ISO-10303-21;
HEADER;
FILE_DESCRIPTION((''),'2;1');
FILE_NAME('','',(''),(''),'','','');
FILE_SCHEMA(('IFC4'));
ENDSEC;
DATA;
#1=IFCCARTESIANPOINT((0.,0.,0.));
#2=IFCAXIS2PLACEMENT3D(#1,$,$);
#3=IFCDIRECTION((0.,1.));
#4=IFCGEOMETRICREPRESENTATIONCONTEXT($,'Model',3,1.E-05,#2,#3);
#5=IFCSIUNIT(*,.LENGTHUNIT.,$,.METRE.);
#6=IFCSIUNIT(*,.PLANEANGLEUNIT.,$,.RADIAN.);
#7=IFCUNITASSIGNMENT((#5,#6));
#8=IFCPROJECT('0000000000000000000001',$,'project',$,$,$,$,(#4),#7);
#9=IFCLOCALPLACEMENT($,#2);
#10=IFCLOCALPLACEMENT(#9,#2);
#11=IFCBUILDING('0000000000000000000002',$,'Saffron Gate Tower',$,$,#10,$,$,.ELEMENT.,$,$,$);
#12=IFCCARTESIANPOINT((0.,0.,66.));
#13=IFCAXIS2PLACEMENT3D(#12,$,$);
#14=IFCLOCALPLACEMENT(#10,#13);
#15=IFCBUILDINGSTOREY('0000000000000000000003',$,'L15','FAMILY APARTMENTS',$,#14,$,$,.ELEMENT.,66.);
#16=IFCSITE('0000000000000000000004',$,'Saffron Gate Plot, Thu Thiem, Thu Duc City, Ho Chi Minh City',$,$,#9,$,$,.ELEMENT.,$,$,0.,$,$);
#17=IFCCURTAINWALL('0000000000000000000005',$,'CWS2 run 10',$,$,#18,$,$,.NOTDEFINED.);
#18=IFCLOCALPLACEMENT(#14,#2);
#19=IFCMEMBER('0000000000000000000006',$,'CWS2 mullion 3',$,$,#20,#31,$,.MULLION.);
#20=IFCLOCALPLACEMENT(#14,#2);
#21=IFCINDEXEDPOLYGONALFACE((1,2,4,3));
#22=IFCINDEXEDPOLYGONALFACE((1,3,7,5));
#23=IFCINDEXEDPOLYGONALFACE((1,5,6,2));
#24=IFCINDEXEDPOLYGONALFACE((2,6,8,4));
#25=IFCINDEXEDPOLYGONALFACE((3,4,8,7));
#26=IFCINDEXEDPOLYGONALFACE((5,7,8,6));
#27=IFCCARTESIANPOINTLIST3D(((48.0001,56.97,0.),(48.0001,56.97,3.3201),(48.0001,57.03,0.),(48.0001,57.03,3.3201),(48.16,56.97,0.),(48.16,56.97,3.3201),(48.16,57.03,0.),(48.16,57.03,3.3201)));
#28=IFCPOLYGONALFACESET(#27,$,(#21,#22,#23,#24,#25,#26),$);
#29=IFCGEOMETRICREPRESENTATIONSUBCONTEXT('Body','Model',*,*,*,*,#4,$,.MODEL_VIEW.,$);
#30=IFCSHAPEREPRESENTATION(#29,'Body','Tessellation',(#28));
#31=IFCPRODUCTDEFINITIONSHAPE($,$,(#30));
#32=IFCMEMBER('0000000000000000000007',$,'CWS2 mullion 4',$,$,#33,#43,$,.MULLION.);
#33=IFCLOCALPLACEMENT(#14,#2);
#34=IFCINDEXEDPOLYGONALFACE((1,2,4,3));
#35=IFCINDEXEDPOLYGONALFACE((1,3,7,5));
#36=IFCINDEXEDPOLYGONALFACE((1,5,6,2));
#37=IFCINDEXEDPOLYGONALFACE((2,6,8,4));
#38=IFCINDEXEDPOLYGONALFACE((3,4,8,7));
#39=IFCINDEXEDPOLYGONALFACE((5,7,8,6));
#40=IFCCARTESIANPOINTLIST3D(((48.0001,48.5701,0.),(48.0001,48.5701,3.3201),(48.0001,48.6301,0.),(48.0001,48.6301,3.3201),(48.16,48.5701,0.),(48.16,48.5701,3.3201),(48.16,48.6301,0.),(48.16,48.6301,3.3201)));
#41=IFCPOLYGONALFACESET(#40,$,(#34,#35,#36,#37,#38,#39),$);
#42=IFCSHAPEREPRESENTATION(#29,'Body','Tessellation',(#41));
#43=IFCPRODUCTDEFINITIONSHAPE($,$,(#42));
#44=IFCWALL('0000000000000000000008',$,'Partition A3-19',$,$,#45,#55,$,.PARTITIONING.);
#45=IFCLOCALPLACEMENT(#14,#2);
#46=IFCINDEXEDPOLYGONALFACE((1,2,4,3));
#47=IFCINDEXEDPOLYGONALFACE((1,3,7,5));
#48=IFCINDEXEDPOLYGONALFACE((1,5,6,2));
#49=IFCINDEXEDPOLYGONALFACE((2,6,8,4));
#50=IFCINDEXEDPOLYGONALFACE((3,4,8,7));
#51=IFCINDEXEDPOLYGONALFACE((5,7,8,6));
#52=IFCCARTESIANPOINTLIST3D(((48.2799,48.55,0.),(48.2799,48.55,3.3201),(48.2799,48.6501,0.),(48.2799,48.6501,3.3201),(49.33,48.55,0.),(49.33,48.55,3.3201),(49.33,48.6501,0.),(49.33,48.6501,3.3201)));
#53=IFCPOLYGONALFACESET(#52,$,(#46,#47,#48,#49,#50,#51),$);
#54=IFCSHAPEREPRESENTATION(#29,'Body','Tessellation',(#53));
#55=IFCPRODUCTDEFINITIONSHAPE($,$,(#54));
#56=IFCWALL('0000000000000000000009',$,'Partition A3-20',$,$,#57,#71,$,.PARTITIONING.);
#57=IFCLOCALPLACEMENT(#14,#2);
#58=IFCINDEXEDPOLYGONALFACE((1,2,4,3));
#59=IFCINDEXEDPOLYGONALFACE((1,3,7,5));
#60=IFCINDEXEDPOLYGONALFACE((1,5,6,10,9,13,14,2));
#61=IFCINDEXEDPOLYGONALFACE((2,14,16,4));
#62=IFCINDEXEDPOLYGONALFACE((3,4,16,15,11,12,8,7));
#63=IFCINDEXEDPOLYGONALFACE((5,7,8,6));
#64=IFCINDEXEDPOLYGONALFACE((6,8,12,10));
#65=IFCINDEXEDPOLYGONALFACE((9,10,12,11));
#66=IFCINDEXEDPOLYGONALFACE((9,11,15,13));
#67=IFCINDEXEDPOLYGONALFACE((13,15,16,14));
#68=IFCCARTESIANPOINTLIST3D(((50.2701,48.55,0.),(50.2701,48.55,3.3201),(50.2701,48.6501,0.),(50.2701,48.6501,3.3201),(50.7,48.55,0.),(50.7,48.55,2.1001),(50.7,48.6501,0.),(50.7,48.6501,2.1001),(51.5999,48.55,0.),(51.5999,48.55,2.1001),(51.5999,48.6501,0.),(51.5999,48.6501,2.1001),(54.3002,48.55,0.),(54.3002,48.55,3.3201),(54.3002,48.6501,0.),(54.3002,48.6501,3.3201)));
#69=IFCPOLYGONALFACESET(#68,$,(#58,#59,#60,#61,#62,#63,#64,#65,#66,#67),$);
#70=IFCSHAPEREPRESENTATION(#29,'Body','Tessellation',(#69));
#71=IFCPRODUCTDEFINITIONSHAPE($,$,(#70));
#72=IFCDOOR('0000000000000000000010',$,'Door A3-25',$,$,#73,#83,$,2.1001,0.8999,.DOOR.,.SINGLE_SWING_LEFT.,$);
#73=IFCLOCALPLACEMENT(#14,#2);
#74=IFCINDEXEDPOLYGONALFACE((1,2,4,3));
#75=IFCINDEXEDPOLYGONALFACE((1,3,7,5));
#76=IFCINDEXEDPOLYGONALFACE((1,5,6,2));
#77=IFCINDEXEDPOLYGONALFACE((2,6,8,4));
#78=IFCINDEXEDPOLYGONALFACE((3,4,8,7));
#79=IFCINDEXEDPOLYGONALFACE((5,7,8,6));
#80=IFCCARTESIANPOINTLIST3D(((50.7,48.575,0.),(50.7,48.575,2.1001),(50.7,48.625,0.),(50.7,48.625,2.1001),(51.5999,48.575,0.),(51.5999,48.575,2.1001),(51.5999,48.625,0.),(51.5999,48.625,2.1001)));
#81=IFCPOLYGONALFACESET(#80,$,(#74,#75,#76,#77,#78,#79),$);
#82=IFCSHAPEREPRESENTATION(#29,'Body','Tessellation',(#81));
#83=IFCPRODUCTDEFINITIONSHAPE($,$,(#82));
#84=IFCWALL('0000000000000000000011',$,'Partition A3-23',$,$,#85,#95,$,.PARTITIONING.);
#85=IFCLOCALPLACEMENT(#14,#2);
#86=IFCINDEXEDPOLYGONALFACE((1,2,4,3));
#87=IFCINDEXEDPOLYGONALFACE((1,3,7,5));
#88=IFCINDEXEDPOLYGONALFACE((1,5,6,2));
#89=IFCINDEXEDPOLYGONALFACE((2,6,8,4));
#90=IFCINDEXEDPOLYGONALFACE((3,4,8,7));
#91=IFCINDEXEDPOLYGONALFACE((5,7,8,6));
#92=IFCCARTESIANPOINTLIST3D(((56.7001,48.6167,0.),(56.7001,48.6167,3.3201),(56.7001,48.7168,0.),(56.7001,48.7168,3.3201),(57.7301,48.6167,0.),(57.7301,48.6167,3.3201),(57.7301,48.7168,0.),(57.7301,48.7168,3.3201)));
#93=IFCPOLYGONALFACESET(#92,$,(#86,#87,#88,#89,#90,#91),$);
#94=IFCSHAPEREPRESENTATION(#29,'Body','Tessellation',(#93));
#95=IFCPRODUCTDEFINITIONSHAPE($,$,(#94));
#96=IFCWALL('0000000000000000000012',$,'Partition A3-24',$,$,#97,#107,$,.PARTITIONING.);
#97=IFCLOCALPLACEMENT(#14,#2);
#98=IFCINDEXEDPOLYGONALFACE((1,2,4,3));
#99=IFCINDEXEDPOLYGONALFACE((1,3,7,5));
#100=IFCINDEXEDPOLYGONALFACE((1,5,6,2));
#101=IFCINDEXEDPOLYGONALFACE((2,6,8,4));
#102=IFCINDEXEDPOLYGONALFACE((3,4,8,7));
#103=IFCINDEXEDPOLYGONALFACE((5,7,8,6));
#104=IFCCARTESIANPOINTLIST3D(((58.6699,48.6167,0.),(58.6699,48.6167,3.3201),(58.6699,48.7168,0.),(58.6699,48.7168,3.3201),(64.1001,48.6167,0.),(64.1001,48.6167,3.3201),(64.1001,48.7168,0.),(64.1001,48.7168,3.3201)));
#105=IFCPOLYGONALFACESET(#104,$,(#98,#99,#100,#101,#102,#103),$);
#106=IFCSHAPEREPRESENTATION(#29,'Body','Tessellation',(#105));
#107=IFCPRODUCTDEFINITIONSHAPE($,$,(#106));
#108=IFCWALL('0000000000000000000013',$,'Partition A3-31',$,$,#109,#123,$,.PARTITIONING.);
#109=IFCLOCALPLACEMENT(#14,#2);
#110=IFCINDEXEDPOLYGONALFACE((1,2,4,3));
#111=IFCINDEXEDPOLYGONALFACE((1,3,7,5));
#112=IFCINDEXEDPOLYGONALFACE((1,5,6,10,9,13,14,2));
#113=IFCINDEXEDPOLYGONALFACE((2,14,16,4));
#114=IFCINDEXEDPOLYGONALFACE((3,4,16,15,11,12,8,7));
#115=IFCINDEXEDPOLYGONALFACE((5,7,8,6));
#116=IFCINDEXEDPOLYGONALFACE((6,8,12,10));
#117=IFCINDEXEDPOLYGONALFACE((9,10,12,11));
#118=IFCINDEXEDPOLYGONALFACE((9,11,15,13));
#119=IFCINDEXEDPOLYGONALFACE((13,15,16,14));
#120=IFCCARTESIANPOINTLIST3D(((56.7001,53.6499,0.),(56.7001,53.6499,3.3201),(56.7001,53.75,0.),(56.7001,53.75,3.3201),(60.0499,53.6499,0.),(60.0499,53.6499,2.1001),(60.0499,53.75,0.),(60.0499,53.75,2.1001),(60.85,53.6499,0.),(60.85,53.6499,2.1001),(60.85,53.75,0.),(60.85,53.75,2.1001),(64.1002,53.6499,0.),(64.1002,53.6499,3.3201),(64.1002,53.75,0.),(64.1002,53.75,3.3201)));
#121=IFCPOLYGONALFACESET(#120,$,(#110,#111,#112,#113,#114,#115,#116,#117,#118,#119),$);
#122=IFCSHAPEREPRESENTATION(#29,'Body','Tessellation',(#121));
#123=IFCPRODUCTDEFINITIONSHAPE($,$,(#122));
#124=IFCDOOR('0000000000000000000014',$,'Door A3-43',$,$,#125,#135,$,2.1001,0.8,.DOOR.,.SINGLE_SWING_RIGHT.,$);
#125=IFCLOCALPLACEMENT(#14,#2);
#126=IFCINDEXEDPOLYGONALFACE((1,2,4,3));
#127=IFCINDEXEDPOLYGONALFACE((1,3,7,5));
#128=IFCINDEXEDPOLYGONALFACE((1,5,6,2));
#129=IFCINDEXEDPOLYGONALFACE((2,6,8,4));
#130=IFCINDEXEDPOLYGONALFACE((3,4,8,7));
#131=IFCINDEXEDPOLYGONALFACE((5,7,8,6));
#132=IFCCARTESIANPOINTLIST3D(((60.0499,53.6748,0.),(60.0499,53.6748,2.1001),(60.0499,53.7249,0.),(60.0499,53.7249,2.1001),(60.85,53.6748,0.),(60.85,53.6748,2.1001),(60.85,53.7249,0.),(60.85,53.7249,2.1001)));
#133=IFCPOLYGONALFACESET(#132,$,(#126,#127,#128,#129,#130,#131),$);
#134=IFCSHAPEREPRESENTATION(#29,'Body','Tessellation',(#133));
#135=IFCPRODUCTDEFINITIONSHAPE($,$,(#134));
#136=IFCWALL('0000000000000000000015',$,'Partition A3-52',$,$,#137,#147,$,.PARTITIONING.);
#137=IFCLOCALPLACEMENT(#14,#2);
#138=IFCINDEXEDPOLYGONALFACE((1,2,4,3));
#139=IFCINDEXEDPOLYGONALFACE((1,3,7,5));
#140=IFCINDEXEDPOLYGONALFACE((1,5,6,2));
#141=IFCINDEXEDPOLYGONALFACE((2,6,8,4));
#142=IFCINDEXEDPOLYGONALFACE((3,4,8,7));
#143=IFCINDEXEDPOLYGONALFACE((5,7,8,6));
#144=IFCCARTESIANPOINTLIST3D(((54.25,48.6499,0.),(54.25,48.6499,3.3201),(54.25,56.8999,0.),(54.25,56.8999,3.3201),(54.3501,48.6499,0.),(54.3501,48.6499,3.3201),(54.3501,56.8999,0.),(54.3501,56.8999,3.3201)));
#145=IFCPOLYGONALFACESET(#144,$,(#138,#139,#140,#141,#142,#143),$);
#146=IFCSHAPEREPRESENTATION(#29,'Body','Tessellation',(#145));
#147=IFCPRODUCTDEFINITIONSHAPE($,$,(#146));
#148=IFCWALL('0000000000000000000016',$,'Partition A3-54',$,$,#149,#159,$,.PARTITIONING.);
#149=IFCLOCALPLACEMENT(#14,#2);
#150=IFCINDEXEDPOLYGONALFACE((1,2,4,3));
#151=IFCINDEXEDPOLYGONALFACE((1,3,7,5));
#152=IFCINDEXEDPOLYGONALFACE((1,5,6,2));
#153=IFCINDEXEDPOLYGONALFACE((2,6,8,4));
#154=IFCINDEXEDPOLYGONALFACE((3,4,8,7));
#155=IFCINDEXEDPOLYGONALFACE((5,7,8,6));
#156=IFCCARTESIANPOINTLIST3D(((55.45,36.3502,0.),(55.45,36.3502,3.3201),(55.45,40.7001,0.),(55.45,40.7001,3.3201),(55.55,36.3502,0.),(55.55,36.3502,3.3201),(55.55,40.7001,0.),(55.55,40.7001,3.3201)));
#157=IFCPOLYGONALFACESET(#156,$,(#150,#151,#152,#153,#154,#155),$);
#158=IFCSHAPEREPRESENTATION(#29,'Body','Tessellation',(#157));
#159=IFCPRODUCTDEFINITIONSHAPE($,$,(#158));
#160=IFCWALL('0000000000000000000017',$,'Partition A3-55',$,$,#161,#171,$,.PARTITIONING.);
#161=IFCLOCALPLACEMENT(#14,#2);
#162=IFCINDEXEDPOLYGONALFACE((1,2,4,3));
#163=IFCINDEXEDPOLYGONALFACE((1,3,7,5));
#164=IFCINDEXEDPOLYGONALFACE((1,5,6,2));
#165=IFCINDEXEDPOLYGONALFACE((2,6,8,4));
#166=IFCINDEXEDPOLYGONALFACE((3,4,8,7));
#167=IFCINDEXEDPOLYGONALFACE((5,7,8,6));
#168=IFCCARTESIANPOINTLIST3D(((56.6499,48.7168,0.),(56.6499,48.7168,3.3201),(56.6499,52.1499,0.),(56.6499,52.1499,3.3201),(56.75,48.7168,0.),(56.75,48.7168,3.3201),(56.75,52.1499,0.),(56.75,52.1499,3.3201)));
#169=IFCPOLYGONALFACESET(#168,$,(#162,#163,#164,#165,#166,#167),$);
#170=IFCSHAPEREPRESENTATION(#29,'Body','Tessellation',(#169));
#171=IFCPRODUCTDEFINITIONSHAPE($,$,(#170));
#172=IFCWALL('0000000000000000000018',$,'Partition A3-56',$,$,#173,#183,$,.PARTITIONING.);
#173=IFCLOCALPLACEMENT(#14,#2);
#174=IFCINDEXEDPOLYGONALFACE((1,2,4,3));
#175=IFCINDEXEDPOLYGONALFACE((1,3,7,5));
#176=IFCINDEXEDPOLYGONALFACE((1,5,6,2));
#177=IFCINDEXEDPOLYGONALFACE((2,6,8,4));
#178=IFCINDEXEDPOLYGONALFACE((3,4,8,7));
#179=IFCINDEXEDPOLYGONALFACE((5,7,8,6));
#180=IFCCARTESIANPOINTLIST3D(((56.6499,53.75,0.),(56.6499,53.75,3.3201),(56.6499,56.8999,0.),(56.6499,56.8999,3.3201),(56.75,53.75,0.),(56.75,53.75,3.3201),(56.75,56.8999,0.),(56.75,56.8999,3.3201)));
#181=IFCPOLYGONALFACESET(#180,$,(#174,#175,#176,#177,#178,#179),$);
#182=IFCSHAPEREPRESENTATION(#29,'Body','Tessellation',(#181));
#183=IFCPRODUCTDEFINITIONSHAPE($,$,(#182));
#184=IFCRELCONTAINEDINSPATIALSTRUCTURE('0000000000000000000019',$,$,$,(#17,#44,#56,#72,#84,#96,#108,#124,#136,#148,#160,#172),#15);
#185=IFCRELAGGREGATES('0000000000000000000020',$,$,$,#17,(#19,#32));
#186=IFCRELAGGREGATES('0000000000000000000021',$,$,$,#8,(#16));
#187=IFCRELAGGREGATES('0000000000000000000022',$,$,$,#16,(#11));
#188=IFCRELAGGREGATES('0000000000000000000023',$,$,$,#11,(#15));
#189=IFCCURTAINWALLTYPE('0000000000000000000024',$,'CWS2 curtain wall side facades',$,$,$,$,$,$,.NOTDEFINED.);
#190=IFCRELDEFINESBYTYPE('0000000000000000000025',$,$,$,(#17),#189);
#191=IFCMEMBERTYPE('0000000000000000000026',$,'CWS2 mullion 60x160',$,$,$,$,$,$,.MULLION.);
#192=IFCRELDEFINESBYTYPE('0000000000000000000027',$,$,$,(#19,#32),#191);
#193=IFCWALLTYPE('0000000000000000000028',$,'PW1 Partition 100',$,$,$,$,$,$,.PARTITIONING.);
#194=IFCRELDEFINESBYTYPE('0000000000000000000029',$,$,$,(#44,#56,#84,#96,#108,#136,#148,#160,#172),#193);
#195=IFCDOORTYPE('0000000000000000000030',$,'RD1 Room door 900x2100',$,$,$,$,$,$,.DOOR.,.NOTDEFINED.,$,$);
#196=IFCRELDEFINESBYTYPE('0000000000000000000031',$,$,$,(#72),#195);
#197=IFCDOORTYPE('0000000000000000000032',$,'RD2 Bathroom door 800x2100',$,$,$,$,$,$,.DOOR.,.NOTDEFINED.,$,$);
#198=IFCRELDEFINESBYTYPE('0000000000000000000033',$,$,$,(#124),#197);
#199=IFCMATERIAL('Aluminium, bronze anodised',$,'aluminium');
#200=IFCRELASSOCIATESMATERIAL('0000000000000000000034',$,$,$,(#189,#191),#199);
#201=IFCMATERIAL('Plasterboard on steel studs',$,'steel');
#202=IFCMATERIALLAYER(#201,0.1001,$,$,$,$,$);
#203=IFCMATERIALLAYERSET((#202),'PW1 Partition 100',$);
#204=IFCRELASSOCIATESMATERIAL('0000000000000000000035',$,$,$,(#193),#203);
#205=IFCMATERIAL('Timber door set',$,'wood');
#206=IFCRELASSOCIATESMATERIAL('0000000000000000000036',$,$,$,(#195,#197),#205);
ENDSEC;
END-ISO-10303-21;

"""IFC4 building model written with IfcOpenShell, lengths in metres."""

from ifc_helpers import new_model, si_unit, direction, frame, frame_2d, origin, origin_2d, place, context, subcontext, project, spatial, rectangle, extrude, material, layer, layer_set, material_profile, profile_set, type_object, element, fill, aggregate, save


model = new_model("IFC4")

# Units and contexts
model_context = context("Model", 3, precision=1e-05, world=origin(), true_north=direction((0.0, 1.0)))
body_context = subcontext(model_context, "Body", "Model", "MODEL_VIEW")
ifc_project = project(units=[si_unit("LENGTHUNIT", "METRE"), si_unit("PLANEANGLEUNIT", "RADIAN")], contexts=[model_context])

# Site, building, storey
site_placement = place(None, origin())
site = spatial("IfcSite", under=ifc_project, at=site_placement, Name="Saffron Gate Plot, Thu Thiem, Thu Duc City, Ho Chi Minh City", CompositionType="ELEMENT", RefElevation=0.0)
building_placement = place(site_placement, origin())
building = spatial("IfcBuilding", under=site, at=building_placement, Name="Saffron Gate Tower", CompositionType="ELEMENT")
storey_placement = place(building_placement, frame((0.0, 0.0, 66.0)))
storey = spatial("IfcBuildingStorey", under=building, at=storey_placement, Name="L15", Description="FAMILY APARTMENTS", CompositionType="ELEMENT", Elevation=66.0)

# Curtain wall, members
ifc_material_1 = material(Name="Aluminium, bronze anodised", Category="aluminium")
curtain_wall_type = type_object("IfcCurtainWallType", Name="CWS2 curtain wall side facades", PredefinedType="NOTDEFINED", material=ifc_material_1)
curtain_wall_placement = place(storey_placement, origin())
curtain_wall = element("IfcCurtainWall", 1, at=curtain_wall_placement, inside=storey, type_object=curtain_wall_type, Name="CWS2 run 10", PredefinedType="NOTDEFINED")
ifc_material_profile_1 = material_profile(ifc_material_1, rectangle(XDim=0.1599, YDim=0.0601, at=origin_2d()))
ifc_profile_set_1 = profile_set([ifc_material_profile_1], Name="Aluminium, bronze anodised")
member_type = type_object("IfcMemberType", Name="CWS2 mullion 60x160", PredefinedType="MULLION", material=ifc_profile_set_1)
member_1_placement = place(storey_placement, frame((48.0801, 57.0, 0.0), z_axis=(0.0, 0.0, 1.0), x_axis=(1.0, 0.0, 0.0)))
member_1 = element("IfcMember", 2, at=member_1_placement, type_object=member_type, Name="CWS2 mullion 3", PredefinedType="MULLION", context=body_context, shape_type="SweptSolid", body=[
    extrude(rectangle(XDim=0.1599, YDim=0.0601, at=origin_2d()), origin(), (0.0, 0.0, 1.0), 3.3201),
])
member_2_placement = place(storey_placement, frame((48.0801, 48.6001, 0.0), z_axis=(0.0, 0.0, 1.0), x_axis=(1.0, 0.0, 0.0)))
member_2 = element("IfcMember", 3, at=member_2_placement, type_object=member_type, Name="CWS2 mullion 4", PredefinedType="MULLION", context=body_context, shape_type="SweptSolid", body=[
    extrude(rectangle(XDim=0.1599, YDim=0.0601, at=origin_2d()), origin(), (0.0, 0.0, 1.0), 3.3201),
])
aggregate(curtain_wall, [member_1, member_2])

# Wall
ifc_material_2 = material(Name="Plasterboard on steel studs", Category="steel")
ifc_layer_1 = layer(ifc_material_2, 0.1001)
ifc_layer_set_1 = layer_set([ifc_layer_1], Name="PW1 Partition 100")
wall_type_1 = type_object("IfcWallType", Name="PW1 Partition 100", PredefinedType="PARTITIONING", material=ifc_layer_set_1)
wall_1_placement = place(storey_placement, frame((48.28, 48.6001, 0.0), z_axis=(0.0, 0.0, 1.0), x_axis=(1.0, 0.0, 0.0)))
element("IfcWall", 4, at=wall_1_placement, inside=storey, type_object=wall_type_1, Name="Partition A3-19", PredefinedType="PARTITIONING", context=body_context, shape_type="SweptSolid", body=[
    extrude(rectangle(XDim=1.05, YDim=0.1001, at=frame_2d((0.5249, 0.0))), origin(), (0.0, 0.0, 1.0), 3.3201),
])

# Wall, opening, door
wall_2_placement = place(storey_placement, frame((50.27, 48.6001, 0.0), z_axis=(0.0, 0.0, 1.0), x_axis=(1.0, 0.0, 0.0)))
wall_2 = element("IfcWall", 5, at=wall_2_placement, inside=storey, type_object=wall_type_1, Name="Partition A3-20", PredefinedType="PARTITIONING", context=body_context, shape_type="SweptSolid", body=[
    extrude(rectangle(XDim=4.03, YDim=0.1001, at=frame_2d((2.0151, 0.0))), origin(), (0.0, 0.0, 1.0), 3.3201),
])
opening_1_placement = place(wall_2_placement, frame((0.4299, 0.0, 0.0)))
opening_1 = element("IfcOpeningElement", 6, at=opening_1_placement, cuts=wall_2, PredefinedType="OPENING", context=body_context, shape_type="SweptSolid", body=[
    extrude(rectangle(XDim=0.8999, YDim=2.1001, at=frame_2d((0.45, 1.05))), frame((0.0, 0.0601, 0.0), z_axis=(0.0, -1.0, 0.0), x_axis=(1.0, 0.0, 0.0)), (0.0, 0.0, 1.0), 0.1201),
])
ifc_material_3 = material(Name="Timber door set", Category="wood")
door_type_1 = type_object("IfcDoorType", Name="RD1 Room door 900x2100", OperationType="NOTDEFINED", PredefinedType="DOOR", material=ifc_material_3)
door_1_placement = place(opening_1_placement, origin())
door_1 = element("IfcDoor", 7, at=door_1_placement, inside=storey, type_object=door_type_1, Name="Door A3-25", OperationType="SINGLE_SWING_LEFT", OverallHeight=2.1001, OverallWidth=0.8999, PredefinedType="DOOR", context=body_context, shape_type="SweptSolid", body=[
    extrude(rectangle(XDim=0.8999, YDim=2.1001, at=frame_2d((0.45, 1.05))), frame((0.0, 0.0249, 0.0), z_axis=(0.0, -1.0, 0.0), x_axis=(1.0, 0.0, 0.0)), (0.0, 0.0, 1.0), 0.05),
])
fill(opening_1, door_1)

# Walls
wall_3_placement = place(storey_placement, frame((56.7, 48.6667, 0.0), z_axis=(0.0, 0.0, 1.0), x_axis=(1.0, 0.0, 0.0)))
element("IfcWall", 8, at=wall_3_placement, inside=storey, type_object=wall_type_1, Name="Partition A3-23", PredefinedType="PARTITIONING", context=body_context, shape_type="SweptSolid", body=[
    extrude(rectangle(XDim=1.03, YDim=0.1001, at=frame_2d((0.5151, 0.0))), origin(), (0.0, 0.0, 1.0), 3.3201),
])
wall_4_placement = place(storey_placement, frame((58.6699, 48.6667, 0.0), z_axis=(0.0, 0.0, 1.0), x_axis=(1.0, 0.0, 0.0)))
element("IfcWall", 9, at=wall_4_placement, inside=storey, type_object=wall_type_1, Name="Partition A3-24", PredefinedType="PARTITIONING", context=body_context, shape_type="SweptSolid", body=[
    extrude(rectangle(XDim=5.4302, YDim=0.1001, at=frame_2d((2.7151, 0.0))), origin(), (0.0, 0.0, 1.0), 3.3201),
])

# Wall, opening, door
wall_5_placement = place(storey_placement, frame((56.7, 53.7, 0.0), z_axis=(0.0, 0.0, 1.0), x_axis=(1.0, 0.0, 0.0)))
wall_5 = element("IfcWall", 10, at=wall_5_placement, inside=storey, type_object=wall_type_1, Name="Partition A3-31", PredefinedType="PARTITIONING", context=body_context, shape_type="SweptSolid", body=[
    extrude(rectangle(XDim=7.4001, YDim=0.1001, at=frame_2d((3.7002, 0.0))), origin(), (0.0, 0.0, 1.0), 3.3201),
])
opening_2_placement = place(wall_5_placement, frame((3.3501, 0.0, 0.0)))
opening_2 = element("IfcOpeningElement", 11, at=opening_2_placement, cuts=wall_5, PredefinedType="OPENING", context=body_context, shape_type="SweptSolid", body=[
    extrude(rectangle(XDim=0.8, YDim=2.1001, at=frame_2d((0.3999, 1.05))), frame((0.0, 0.0601, 0.0), z_axis=(0.0, -1.0, 0.0), x_axis=(1.0, 0.0, 0.0)), (0.0, 0.0, 1.0), 0.1201),
])
door_type_2 = type_object("IfcDoorType", Name="RD2 Bathroom door 800x2100", OperationType="NOTDEFINED", PredefinedType="DOOR", material=ifc_material_3)
door_2_placement = place(opening_2_placement, origin())
door_2 = element("IfcDoor", 12, at=door_2_placement, inside=storey, type_object=door_type_2, Name="Door A3-43", OperationType="SINGLE_SWING_RIGHT", OverallHeight=2.1001, OverallWidth=0.8, PredefinedType="DOOR", context=body_context, shape_type="SweptSolid", body=[
    extrude(rectangle(XDim=0.8, YDim=2.1001, at=frame_2d((0.3999, 1.05))), frame((0.0, 0.0249, 0.0), z_axis=(0.0, -1.0, 0.0), x_axis=(1.0, 0.0, 0.0)), (0.0, 0.0, 1.0), 0.05),
])
fill(opening_2, door_2)

# Walls
wall_6_placement = place(storey_placement, frame((54.3, 56.8999, 0.0), z_axis=(0.0, 0.0, 1.0), x_axis=(0.0, -1.0, 0.0)))
element("IfcWall", 13, at=wall_6_placement, inside=storey, type_object=wall_type_1, Name="Partition A3-52", PredefinedType="PARTITIONING", context=body_context, shape_type="SweptSolid", body=[
    extrude(rectangle(XDim=8.25, YDim=0.1001, at=frame_2d((4.125, 0.0))), origin(), (0.0, 0.0, 1.0), 3.3201),
])
wall_7_placement = place(storey_placement, frame((55.5, 40.7, 0.0), z_axis=(0.0, 0.0, 1.0), x_axis=(0.0, -1.0, 0.0)))
element("IfcWall", 14, at=wall_7_placement, inside=storey, type_object=wall_type_1, Name="Partition A3-54", PredefinedType="PARTITIONING", context=body_context, shape_type="SweptSolid", body=[
    extrude(rectangle(XDim=4.3499, YDim=0.1001, at=frame_2d((2.1748, 0.0))), origin(), (0.0, 0.0, 1.0), 3.3201),
])
wall_8_placement = place(storey_placement, frame((56.7, 52.1499, 0.0), z_axis=(0.0, 0.0, 1.0), x_axis=(0.0, -1.0, 0.0)))
element("IfcWall", 15, at=wall_8_placement, inside=storey, type_object=wall_type_1, Name="Partition A3-55", PredefinedType="PARTITIONING", context=body_context, shape_type="SweptSolid", body=[
    extrude(rectangle(XDim=3.4331, YDim=0.1001, at=frame_2d((1.7166, 0.0))), origin(), (0.0, 0.0, 1.0), 3.3201),
])
wall_9_placement = place(storey_placement, frame((56.7, 56.8999, 0.0), z_axis=(0.0, 0.0, 1.0), x_axis=(0.0, -1.0, 0.0)))
element("IfcWall", 16, at=wall_9_placement, inside=storey, type_object=wall_type_1, Name="Partition A3-56", PredefinedType="PARTITIONING", context=body_context, shape_type="SweptSolid", body=[
    extrude(rectangle(XDim=3.1499, YDim=0.1001, at=frame_2d((1.575, 0.0))), origin(), (0.0, 0.0, 1.0), 3.3201),
])

save(model, "model.ifc")
